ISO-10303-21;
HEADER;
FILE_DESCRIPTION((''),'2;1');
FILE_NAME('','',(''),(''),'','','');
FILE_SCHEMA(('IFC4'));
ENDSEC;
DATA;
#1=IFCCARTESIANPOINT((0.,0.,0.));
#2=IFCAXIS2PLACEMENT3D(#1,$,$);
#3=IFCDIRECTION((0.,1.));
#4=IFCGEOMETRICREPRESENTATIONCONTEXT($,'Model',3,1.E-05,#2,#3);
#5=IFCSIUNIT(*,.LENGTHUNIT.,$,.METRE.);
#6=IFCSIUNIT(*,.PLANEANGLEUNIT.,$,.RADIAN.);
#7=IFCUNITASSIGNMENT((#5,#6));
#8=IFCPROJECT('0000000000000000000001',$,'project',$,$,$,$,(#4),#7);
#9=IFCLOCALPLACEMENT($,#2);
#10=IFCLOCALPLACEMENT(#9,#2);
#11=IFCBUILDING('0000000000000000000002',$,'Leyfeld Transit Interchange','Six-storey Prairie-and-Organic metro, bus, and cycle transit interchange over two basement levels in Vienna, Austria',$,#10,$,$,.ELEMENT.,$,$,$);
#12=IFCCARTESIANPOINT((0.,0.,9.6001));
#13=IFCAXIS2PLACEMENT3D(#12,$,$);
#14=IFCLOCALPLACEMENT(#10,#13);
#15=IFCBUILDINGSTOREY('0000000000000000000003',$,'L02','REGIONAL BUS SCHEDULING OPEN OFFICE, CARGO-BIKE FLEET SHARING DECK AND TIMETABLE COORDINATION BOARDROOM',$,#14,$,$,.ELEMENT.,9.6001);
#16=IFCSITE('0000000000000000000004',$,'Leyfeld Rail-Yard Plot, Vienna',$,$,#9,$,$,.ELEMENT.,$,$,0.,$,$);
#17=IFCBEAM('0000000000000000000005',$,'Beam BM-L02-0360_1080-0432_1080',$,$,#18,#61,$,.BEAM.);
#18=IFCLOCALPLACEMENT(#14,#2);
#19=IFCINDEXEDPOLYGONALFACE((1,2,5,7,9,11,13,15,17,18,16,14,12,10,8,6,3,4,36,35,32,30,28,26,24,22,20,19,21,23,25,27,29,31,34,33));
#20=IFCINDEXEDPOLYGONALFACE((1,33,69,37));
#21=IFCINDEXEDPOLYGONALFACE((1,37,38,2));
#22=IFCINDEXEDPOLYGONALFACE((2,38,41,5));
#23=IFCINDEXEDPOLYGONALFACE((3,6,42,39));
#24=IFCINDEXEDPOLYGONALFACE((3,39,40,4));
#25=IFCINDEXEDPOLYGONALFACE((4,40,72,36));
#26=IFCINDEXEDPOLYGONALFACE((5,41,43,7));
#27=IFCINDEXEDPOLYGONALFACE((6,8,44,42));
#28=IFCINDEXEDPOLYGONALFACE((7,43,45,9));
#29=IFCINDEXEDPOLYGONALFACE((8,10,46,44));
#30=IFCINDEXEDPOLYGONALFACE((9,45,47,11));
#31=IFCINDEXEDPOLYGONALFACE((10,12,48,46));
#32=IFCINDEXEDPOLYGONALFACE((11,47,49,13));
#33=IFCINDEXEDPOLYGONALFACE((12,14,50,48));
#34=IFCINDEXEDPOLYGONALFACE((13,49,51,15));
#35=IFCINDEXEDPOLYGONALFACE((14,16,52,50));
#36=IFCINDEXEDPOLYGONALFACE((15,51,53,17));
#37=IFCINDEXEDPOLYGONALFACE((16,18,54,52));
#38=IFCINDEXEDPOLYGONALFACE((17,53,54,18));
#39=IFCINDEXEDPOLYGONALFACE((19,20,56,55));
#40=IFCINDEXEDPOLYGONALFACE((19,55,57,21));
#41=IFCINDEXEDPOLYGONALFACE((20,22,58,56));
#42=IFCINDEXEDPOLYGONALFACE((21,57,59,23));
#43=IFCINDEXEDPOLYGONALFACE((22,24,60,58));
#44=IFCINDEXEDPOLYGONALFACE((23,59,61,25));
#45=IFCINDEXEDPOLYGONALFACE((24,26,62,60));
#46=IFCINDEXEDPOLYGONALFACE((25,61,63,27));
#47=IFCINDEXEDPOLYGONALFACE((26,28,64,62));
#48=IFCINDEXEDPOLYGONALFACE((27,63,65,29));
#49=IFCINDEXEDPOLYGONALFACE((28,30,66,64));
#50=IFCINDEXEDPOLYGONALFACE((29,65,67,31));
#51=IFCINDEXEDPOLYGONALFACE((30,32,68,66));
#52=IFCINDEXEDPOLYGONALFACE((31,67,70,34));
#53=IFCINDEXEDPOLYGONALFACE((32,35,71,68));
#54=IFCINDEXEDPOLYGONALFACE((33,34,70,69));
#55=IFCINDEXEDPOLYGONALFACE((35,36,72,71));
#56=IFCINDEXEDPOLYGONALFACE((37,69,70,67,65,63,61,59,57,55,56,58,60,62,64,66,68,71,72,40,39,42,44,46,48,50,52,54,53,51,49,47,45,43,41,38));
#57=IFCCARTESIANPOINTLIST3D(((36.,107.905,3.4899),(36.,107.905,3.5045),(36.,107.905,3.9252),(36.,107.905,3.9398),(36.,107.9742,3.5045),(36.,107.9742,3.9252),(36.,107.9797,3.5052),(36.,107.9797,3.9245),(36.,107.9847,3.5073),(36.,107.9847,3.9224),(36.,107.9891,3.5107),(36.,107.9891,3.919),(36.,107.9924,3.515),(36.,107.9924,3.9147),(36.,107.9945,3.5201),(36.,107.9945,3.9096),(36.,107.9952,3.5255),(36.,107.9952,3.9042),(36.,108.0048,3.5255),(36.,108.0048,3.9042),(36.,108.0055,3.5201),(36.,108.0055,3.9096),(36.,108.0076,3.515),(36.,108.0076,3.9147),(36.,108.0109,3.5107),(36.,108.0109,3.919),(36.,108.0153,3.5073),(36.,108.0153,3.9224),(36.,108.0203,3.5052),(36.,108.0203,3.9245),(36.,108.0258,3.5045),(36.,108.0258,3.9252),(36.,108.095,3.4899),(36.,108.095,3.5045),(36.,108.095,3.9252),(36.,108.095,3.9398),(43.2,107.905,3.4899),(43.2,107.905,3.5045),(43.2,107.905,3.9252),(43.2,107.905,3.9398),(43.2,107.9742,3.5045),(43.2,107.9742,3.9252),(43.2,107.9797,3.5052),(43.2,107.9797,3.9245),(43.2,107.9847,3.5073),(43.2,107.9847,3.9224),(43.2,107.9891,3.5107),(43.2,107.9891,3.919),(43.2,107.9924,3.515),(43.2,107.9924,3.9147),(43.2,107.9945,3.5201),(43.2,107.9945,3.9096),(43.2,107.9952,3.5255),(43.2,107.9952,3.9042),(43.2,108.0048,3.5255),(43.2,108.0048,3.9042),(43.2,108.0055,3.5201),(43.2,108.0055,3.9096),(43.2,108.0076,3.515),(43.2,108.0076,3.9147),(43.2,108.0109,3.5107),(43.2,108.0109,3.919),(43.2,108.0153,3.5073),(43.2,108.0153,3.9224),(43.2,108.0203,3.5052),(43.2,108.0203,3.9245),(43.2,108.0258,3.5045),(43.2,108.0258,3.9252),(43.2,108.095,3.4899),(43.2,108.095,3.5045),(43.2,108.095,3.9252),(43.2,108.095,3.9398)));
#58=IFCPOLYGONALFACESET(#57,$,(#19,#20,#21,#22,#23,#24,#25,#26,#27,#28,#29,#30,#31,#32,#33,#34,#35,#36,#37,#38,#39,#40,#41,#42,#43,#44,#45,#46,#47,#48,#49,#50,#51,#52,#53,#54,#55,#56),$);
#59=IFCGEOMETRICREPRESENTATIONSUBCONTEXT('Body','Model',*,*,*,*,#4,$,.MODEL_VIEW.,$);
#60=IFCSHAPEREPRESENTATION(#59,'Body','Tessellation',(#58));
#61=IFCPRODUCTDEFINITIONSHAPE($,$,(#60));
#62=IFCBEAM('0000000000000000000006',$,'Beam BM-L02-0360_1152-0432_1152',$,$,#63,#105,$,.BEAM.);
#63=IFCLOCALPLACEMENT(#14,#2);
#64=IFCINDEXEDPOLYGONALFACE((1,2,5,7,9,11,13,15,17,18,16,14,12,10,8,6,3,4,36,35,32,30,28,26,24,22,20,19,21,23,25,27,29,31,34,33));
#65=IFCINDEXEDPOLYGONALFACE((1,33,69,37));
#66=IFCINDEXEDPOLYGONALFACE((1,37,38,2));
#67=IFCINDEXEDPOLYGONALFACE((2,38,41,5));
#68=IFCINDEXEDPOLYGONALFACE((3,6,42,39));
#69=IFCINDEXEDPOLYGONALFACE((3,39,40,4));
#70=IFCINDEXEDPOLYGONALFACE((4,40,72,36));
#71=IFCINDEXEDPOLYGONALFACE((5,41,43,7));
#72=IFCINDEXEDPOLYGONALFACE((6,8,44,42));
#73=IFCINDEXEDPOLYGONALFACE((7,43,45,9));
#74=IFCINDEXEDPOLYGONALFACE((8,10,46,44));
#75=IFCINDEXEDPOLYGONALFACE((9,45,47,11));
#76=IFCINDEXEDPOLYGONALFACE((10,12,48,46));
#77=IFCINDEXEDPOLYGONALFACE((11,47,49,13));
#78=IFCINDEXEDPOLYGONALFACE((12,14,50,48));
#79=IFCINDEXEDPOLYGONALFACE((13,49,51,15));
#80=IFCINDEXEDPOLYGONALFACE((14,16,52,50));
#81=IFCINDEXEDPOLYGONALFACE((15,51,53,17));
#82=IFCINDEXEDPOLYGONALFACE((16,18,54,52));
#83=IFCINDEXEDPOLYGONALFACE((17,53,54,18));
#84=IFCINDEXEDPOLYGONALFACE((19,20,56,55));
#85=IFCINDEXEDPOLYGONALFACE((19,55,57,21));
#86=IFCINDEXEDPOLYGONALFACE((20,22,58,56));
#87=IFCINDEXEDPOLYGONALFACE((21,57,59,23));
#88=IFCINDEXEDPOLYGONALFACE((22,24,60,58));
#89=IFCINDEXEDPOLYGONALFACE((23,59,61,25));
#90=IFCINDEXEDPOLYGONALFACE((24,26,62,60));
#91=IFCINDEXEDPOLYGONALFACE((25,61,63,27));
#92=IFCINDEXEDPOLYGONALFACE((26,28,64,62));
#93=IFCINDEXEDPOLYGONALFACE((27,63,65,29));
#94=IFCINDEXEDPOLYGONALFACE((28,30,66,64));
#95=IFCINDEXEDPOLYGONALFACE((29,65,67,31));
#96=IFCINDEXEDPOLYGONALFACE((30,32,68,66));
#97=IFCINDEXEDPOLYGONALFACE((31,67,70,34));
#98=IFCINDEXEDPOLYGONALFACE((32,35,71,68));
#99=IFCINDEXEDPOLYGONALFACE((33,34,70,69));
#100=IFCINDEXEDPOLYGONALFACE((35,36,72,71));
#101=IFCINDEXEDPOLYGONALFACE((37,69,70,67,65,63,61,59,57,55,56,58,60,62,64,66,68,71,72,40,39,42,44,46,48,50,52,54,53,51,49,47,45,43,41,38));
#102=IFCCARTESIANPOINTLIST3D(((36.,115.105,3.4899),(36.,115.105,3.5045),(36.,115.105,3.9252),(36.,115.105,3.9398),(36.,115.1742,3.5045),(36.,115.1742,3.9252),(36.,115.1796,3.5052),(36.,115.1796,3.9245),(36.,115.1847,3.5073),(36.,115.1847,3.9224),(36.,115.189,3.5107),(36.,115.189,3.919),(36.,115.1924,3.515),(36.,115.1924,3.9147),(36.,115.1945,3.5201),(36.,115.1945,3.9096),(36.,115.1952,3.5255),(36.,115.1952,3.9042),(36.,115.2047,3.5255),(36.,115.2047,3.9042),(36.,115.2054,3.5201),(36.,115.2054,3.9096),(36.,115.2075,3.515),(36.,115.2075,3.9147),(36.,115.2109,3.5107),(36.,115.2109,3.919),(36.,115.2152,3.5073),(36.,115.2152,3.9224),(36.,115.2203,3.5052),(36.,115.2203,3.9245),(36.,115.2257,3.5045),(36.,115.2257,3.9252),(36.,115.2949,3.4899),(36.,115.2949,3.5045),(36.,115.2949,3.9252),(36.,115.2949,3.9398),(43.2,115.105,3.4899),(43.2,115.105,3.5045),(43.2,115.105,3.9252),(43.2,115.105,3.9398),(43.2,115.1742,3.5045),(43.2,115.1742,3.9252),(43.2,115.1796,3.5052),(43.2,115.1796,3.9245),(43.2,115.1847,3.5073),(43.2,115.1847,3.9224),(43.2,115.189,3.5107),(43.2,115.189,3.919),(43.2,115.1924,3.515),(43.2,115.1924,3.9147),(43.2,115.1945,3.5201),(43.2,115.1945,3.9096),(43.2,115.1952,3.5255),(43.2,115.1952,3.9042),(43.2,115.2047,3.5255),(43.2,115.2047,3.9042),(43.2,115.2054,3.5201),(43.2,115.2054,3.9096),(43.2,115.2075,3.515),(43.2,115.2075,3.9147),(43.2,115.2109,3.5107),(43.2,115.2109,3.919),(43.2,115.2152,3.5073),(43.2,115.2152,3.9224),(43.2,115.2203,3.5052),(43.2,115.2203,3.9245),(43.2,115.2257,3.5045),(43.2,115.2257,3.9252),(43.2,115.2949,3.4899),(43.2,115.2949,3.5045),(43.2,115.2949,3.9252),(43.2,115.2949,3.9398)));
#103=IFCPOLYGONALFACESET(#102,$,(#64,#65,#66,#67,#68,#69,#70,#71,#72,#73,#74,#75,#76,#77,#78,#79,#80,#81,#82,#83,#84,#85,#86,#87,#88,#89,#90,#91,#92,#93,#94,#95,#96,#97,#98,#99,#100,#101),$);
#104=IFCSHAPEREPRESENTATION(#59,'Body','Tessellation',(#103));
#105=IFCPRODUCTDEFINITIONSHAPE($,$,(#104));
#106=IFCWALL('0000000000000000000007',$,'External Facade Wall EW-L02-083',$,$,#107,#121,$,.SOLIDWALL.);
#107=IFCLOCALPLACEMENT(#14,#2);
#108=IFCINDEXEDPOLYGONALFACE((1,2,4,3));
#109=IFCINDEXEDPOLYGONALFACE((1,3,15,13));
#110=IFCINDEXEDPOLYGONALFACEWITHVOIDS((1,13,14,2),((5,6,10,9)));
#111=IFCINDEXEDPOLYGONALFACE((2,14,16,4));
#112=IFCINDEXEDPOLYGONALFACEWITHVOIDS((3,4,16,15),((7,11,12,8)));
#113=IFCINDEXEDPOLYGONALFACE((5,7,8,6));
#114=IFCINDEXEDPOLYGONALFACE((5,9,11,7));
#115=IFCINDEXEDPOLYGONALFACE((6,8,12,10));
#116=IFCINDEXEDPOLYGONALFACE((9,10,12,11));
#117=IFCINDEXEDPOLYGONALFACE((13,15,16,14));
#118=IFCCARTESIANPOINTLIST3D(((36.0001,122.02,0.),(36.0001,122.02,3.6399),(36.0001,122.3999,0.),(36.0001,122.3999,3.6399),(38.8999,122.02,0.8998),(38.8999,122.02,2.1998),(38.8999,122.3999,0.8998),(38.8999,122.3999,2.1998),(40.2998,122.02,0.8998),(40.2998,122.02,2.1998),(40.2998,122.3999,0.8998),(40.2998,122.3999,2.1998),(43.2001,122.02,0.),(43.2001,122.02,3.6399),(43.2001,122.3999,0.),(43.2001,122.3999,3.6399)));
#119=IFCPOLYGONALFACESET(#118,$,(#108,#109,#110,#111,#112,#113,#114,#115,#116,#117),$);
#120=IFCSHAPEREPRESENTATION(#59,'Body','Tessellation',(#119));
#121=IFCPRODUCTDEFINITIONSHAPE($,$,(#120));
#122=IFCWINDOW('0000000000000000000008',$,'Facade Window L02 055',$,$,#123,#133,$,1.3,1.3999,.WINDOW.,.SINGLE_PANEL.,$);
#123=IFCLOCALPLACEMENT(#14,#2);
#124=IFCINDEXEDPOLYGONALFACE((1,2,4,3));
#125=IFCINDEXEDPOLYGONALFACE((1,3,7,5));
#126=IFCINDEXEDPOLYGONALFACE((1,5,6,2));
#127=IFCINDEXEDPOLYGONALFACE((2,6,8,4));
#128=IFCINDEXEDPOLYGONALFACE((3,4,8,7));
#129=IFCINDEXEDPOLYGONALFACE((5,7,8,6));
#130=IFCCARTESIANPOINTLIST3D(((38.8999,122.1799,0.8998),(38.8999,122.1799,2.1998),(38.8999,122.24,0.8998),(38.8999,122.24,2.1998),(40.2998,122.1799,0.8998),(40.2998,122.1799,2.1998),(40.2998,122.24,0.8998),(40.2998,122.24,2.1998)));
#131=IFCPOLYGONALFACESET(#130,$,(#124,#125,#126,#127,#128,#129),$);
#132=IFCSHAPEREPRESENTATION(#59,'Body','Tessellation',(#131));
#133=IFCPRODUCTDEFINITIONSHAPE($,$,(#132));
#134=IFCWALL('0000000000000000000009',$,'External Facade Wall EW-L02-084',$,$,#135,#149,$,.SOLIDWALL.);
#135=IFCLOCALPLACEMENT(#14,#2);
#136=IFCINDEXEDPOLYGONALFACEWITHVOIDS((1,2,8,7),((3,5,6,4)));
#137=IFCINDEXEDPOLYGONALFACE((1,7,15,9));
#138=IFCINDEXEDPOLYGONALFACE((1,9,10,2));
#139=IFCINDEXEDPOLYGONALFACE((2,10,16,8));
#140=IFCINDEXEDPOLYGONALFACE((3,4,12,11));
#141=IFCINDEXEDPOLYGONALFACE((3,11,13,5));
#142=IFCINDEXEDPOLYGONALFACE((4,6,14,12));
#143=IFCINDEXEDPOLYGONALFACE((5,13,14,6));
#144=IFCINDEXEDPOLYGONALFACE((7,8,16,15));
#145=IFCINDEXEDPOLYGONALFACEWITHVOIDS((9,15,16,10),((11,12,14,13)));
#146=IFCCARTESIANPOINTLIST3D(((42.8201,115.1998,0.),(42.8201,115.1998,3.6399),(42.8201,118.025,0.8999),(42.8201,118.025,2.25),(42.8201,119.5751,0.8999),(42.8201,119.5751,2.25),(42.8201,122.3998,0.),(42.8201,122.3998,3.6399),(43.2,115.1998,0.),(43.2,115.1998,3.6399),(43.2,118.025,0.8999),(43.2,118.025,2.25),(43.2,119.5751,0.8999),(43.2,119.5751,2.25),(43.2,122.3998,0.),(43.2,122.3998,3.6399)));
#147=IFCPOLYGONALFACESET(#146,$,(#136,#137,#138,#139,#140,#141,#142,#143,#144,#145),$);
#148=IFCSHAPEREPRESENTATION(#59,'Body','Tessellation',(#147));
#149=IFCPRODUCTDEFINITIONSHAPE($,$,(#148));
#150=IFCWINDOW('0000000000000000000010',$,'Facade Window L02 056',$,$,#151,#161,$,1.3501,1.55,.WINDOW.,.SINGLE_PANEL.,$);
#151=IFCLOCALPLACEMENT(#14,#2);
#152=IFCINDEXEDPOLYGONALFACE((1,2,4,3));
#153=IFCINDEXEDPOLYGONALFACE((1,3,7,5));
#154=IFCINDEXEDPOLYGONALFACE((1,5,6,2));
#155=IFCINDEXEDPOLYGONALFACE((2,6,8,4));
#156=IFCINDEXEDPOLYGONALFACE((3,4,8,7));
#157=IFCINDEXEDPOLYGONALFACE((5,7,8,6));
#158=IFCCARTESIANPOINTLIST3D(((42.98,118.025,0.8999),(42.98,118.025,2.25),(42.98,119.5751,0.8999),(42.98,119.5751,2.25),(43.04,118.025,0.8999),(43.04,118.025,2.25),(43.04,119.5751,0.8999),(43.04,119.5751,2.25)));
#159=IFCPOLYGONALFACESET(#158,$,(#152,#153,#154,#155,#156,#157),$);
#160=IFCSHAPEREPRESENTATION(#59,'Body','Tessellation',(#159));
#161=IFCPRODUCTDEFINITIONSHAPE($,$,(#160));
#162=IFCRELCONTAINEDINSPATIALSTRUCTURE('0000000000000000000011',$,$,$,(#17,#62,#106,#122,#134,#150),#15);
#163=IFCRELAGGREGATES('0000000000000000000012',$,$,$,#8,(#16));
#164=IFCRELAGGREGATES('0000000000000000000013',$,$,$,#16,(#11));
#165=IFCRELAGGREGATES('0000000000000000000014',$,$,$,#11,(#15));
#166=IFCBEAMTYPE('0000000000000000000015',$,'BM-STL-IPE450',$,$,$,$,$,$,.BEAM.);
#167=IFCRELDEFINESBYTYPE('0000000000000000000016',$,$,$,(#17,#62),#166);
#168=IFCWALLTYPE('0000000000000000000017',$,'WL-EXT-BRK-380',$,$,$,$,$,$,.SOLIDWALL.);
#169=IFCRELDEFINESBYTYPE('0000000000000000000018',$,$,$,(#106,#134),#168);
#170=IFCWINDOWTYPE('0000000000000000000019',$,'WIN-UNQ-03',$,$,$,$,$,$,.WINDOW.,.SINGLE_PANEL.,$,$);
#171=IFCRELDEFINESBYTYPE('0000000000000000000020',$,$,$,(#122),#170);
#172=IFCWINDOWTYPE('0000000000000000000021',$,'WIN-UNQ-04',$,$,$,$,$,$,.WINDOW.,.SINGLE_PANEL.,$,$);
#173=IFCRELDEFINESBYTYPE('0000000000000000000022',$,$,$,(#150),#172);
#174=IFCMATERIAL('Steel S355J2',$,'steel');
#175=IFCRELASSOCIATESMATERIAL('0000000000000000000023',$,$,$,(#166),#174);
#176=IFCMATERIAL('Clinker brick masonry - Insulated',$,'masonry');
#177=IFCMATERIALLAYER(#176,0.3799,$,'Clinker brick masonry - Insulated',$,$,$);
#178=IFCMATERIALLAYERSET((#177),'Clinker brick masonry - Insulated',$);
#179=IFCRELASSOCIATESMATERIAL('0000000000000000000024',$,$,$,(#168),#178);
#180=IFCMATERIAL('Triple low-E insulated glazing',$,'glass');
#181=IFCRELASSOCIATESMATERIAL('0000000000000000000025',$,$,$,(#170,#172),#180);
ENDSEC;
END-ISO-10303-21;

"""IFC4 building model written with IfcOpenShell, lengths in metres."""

from ifc_helpers import new_model, si_unit, direction, frame, frame_2d, origin, origin_2d, place, context, subcontext, project, spatial, rectangle, i_section, extrude, material, layer, layer_set, material_profile, profile_set, type_object, element, fill, save


model = new_model("IFC4")

# Units and contexts
model_context = context("Model", 3, precision=1e-05, world=origin(), true_north=direction((0.0, 1.0)))
body_context = subcontext(model_context, "Body", "Model", "MODEL_VIEW")
ifc_project = project(units=[si_unit("LENGTHUNIT", "METRE"), si_unit("PLANEANGLEUNIT", "RADIAN")], contexts=[model_context])

# Site, building, storey
site_placement = place(None, origin())
site = spatial("IfcSite", under=ifc_project, at=site_placement, Name="Leyfeld Rail-Yard Plot, Vienna", CompositionType="ELEMENT", RefElevation=0.0)
building_placement = place(site_placement, origin())
building = spatial("IfcBuilding", under=site, at=building_placement, Name="Leyfeld Transit Interchange", Description="Six-storey Prairie-and-Organic metro, bus, and cycle transit interchange over two basement levels in Vienna, Austria", CompositionType="ELEMENT")
storey_placement = place(building_placement, frame((0.0, 0.0, 9.6001)))
storey = spatial("IfcBuildingStorey", under=building, at=storey_placement, Name="L02", Description="REGIONAL BUS SCHEDULING OPEN OFFICE, CARGO-BIKE FLEET SHARING DECK AND TIMETABLE COORDINATION BOARDROOM", CompositionType="ELEMENT", Elevation=9.6001)

# Beams
ifc_material_1 = material(Name="Steel S355J2", Category="steel")
ifc_material_profile_1 = material_profile(ifc_material_1, i_section(OverallWidth=0.1899, OverallDepth=0.45, WebThickness=0.0095, FlangeThickness=0.0146, FilletRadius=0.021, at=origin_2d()), Name="IPE 450")
ifc_profile_set_1 = profile_set([ifc_material_profile_1], Name="Steel S355J2")
beam_type_1 = type_object("IfcBeamType", Name="BM-STL-IPE450", PredefinedType="BEAM", material=ifc_profile_set_1)
for number, where, z_axis, x_axis, name in (
    (1, (36.0, 108.0, 3.7148), (1.0, 0.0, 0.0), (0.0, 1.0, 0.0), "Beam BM-L02-0360_1080-0432_1080"),
    (2, (36.0, 115.2, 3.7148), (1.0, 0.0, 0.0), (0.0, 1.0, 0.0), "Beam BM-L02-0360_1152-0432_1152"),
):
    element("IfcBeam", number, at=place(storey_placement, frame(where, z_axis=z_axis, x_axis=x_axis)), inside=storey, type_object=beam_type_1, Name=name, PredefinedType="BEAM", context=body_context, shape_type="SweptSolid", body=[
        extrude(i_section(OverallWidth=0.1899, OverallDepth=0.45, WebThickness=0.0095, FlangeThickness=0.0146, FilletRadius=0.021, at=origin_2d()), origin(), (0.0, 0.0, 1.0), 7.2),
    ])

# Walls, openings, windows
ifc_material_2 = material(Name="Clinker brick masonry - Insulated", Category="masonry")
ifc_layer_1 = layer(ifc_material_2, 0.3799, Name="Clinker brick masonry - Insulated")
ifc_layer_set_1 = layer_set([ifc_layer_1], Name="Clinker brick masonry - Insulated")
wall_type_1 = type_object("IfcWallType", Name="WL-EXT-BRK-380", PredefinedType="SOLIDWALL", material=ifc_layer_set_1)
wall_1_placement = place(storey_placement, frame((36.0, 122.21, 0.0), z_axis=(0.0, 0.0, 1.0), x_axis=(1.0, 0.0, 0.0)))
wall_1 = element("IfcWall", 3, at=wall_1_placement, inside=storey, type_object=wall_type_1, Name="External Facade Wall EW-L02-083", PredefinedType="SOLIDWALL", context=body_context, shape_type="SweptSolid", body=[
    extrude(rectangle(XDim=7.2, YDim=0.3799, at=frame_2d((3.6001, 0.0))), origin(), (0.0, 0.0, 1.0), 3.6399),
])
opening_1_placement = place(wall_1_placement, frame((2.8999, 0.0, 0.8999)))
opening_1 = element("IfcOpeningElement", 4, at=opening_1_placement, cuts=wall_1, PredefinedType="OPENING", context=body_context, shape_type="SweptSolid", body=[
    extrude(rectangle(XDim=1.3999, YDim=1.3, at=frame_2d((0.7, 0.6499))), frame((0.0, 0.2, 0.0), z_axis=(0.0, -1.0, 0.0), x_axis=(1.0, 0.0, 0.0)), (0.0, 0.0, 1.0), 0.3999),
])
ifc_material_3 = material(Name="Triple low-E insulated glazing", Category="glass")
window_type_1 = type_object("IfcWindowType", Name="WIN-UNQ-03", PartitioningType="SINGLE_PANEL", PredefinedType="WINDOW", material=ifc_material_3)
window_1_placement = place(opening_1_placement, origin())
window_1 = element("IfcWindow", 5, at=window_1_placement, inside=storey, type_object=window_type_1, Name="Facade Window L02 055", OverallHeight=1.3, OverallWidth=1.3999, PartitioningType="SINGLE_PANEL", PredefinedType="WINDOW", context=body_context, shape_type="SweptSolid", body=[
    extrude(rectangle(XDim=1.3999, YDim=1.3, at=frame_2d((0.7, 0.6499))), frame((0.0, 0.03, 0.0), z_axis=(0.0, -1.0, 0.0), x_axis=(1.0, 0.0, 0.0)), (0.0, 0.0, 1.0), 0.0601),
])
fill(opening_1, window_1)
wall_2_placement = place(storey_placement, frame((43.01, 122.3999, 0.0), z_axis=(0.0, 0.0, 1.0), x_axis=(0.0, -1.0, 0.0)))
wall_2 = element("IfcWall", 6, at=wall_2_placement, inside=storey, type_object=wall_type_1, Name="External Facade Wall EW-L02-084", PredefinedType="SOLIDWALL", context=body_context, shape_type="SweptSolid", body=[
    extrude(rectangle(XDim=7.2, YDim=0.3799, at=frame_2d((3.6001, 0.0))), origin(), (0.0, 0.0, 1.0), 3.6399),
])
opening_2_placement = place(wall_2_placement, frame((2.825, 0.0, 0.8999)))
opening_2 = element("IfcOpeningElement", 7, at=opening_2_placement, cuts=wall_2, PredefinedType="OPENING", context=body_context, shape_type="SweptSolid", body=[
    extrude(rectangle(XDim=1.55, YDim=1.3501, at=frame_2d((0.7749, 0.675))), frame((0.0, 0.2, 0.0), z_axis=(0.0, -1.0, 0.0), x_axis=(1.0, 0.0, 0.0)), (0.0, 0.0, 1.0), 0.3999),
])
window_type_2 = type_object("IfcWindowType", Name="WIN-UNQ-04", PartitioningType="SINGLE_PANEL", PredefinedType="WINDOW", material=ifc_material_3)
window_2_placement = place(opening_2_placement, origin())
window_2 = element("IfcWindow", 8, at=window_2_placement, inside=storey, type_object=window_type_2, Name="Facade Window L02 056", OverallHeight=1.3501, OverallWidth=1.55, PartitioningType="SINGLE_PANEL", PredefinedType="WINDOW", context=body_context, shape_type="SweptSolid", body=[
    extrude(rectangle(XDim=1.55, YDim=1.3501, at=frame_2d((0.7749, 0.675))), frame((0.0, 0.03, 0.0), z_axis=(0.0, -1.0, 0.0), x_axis=(1.0, 0.0, 0.0)), (0.0, 0.0, 1.0), 0.0601),
])
fill(opening_2, window_2)

save(model, "model.ifc")
